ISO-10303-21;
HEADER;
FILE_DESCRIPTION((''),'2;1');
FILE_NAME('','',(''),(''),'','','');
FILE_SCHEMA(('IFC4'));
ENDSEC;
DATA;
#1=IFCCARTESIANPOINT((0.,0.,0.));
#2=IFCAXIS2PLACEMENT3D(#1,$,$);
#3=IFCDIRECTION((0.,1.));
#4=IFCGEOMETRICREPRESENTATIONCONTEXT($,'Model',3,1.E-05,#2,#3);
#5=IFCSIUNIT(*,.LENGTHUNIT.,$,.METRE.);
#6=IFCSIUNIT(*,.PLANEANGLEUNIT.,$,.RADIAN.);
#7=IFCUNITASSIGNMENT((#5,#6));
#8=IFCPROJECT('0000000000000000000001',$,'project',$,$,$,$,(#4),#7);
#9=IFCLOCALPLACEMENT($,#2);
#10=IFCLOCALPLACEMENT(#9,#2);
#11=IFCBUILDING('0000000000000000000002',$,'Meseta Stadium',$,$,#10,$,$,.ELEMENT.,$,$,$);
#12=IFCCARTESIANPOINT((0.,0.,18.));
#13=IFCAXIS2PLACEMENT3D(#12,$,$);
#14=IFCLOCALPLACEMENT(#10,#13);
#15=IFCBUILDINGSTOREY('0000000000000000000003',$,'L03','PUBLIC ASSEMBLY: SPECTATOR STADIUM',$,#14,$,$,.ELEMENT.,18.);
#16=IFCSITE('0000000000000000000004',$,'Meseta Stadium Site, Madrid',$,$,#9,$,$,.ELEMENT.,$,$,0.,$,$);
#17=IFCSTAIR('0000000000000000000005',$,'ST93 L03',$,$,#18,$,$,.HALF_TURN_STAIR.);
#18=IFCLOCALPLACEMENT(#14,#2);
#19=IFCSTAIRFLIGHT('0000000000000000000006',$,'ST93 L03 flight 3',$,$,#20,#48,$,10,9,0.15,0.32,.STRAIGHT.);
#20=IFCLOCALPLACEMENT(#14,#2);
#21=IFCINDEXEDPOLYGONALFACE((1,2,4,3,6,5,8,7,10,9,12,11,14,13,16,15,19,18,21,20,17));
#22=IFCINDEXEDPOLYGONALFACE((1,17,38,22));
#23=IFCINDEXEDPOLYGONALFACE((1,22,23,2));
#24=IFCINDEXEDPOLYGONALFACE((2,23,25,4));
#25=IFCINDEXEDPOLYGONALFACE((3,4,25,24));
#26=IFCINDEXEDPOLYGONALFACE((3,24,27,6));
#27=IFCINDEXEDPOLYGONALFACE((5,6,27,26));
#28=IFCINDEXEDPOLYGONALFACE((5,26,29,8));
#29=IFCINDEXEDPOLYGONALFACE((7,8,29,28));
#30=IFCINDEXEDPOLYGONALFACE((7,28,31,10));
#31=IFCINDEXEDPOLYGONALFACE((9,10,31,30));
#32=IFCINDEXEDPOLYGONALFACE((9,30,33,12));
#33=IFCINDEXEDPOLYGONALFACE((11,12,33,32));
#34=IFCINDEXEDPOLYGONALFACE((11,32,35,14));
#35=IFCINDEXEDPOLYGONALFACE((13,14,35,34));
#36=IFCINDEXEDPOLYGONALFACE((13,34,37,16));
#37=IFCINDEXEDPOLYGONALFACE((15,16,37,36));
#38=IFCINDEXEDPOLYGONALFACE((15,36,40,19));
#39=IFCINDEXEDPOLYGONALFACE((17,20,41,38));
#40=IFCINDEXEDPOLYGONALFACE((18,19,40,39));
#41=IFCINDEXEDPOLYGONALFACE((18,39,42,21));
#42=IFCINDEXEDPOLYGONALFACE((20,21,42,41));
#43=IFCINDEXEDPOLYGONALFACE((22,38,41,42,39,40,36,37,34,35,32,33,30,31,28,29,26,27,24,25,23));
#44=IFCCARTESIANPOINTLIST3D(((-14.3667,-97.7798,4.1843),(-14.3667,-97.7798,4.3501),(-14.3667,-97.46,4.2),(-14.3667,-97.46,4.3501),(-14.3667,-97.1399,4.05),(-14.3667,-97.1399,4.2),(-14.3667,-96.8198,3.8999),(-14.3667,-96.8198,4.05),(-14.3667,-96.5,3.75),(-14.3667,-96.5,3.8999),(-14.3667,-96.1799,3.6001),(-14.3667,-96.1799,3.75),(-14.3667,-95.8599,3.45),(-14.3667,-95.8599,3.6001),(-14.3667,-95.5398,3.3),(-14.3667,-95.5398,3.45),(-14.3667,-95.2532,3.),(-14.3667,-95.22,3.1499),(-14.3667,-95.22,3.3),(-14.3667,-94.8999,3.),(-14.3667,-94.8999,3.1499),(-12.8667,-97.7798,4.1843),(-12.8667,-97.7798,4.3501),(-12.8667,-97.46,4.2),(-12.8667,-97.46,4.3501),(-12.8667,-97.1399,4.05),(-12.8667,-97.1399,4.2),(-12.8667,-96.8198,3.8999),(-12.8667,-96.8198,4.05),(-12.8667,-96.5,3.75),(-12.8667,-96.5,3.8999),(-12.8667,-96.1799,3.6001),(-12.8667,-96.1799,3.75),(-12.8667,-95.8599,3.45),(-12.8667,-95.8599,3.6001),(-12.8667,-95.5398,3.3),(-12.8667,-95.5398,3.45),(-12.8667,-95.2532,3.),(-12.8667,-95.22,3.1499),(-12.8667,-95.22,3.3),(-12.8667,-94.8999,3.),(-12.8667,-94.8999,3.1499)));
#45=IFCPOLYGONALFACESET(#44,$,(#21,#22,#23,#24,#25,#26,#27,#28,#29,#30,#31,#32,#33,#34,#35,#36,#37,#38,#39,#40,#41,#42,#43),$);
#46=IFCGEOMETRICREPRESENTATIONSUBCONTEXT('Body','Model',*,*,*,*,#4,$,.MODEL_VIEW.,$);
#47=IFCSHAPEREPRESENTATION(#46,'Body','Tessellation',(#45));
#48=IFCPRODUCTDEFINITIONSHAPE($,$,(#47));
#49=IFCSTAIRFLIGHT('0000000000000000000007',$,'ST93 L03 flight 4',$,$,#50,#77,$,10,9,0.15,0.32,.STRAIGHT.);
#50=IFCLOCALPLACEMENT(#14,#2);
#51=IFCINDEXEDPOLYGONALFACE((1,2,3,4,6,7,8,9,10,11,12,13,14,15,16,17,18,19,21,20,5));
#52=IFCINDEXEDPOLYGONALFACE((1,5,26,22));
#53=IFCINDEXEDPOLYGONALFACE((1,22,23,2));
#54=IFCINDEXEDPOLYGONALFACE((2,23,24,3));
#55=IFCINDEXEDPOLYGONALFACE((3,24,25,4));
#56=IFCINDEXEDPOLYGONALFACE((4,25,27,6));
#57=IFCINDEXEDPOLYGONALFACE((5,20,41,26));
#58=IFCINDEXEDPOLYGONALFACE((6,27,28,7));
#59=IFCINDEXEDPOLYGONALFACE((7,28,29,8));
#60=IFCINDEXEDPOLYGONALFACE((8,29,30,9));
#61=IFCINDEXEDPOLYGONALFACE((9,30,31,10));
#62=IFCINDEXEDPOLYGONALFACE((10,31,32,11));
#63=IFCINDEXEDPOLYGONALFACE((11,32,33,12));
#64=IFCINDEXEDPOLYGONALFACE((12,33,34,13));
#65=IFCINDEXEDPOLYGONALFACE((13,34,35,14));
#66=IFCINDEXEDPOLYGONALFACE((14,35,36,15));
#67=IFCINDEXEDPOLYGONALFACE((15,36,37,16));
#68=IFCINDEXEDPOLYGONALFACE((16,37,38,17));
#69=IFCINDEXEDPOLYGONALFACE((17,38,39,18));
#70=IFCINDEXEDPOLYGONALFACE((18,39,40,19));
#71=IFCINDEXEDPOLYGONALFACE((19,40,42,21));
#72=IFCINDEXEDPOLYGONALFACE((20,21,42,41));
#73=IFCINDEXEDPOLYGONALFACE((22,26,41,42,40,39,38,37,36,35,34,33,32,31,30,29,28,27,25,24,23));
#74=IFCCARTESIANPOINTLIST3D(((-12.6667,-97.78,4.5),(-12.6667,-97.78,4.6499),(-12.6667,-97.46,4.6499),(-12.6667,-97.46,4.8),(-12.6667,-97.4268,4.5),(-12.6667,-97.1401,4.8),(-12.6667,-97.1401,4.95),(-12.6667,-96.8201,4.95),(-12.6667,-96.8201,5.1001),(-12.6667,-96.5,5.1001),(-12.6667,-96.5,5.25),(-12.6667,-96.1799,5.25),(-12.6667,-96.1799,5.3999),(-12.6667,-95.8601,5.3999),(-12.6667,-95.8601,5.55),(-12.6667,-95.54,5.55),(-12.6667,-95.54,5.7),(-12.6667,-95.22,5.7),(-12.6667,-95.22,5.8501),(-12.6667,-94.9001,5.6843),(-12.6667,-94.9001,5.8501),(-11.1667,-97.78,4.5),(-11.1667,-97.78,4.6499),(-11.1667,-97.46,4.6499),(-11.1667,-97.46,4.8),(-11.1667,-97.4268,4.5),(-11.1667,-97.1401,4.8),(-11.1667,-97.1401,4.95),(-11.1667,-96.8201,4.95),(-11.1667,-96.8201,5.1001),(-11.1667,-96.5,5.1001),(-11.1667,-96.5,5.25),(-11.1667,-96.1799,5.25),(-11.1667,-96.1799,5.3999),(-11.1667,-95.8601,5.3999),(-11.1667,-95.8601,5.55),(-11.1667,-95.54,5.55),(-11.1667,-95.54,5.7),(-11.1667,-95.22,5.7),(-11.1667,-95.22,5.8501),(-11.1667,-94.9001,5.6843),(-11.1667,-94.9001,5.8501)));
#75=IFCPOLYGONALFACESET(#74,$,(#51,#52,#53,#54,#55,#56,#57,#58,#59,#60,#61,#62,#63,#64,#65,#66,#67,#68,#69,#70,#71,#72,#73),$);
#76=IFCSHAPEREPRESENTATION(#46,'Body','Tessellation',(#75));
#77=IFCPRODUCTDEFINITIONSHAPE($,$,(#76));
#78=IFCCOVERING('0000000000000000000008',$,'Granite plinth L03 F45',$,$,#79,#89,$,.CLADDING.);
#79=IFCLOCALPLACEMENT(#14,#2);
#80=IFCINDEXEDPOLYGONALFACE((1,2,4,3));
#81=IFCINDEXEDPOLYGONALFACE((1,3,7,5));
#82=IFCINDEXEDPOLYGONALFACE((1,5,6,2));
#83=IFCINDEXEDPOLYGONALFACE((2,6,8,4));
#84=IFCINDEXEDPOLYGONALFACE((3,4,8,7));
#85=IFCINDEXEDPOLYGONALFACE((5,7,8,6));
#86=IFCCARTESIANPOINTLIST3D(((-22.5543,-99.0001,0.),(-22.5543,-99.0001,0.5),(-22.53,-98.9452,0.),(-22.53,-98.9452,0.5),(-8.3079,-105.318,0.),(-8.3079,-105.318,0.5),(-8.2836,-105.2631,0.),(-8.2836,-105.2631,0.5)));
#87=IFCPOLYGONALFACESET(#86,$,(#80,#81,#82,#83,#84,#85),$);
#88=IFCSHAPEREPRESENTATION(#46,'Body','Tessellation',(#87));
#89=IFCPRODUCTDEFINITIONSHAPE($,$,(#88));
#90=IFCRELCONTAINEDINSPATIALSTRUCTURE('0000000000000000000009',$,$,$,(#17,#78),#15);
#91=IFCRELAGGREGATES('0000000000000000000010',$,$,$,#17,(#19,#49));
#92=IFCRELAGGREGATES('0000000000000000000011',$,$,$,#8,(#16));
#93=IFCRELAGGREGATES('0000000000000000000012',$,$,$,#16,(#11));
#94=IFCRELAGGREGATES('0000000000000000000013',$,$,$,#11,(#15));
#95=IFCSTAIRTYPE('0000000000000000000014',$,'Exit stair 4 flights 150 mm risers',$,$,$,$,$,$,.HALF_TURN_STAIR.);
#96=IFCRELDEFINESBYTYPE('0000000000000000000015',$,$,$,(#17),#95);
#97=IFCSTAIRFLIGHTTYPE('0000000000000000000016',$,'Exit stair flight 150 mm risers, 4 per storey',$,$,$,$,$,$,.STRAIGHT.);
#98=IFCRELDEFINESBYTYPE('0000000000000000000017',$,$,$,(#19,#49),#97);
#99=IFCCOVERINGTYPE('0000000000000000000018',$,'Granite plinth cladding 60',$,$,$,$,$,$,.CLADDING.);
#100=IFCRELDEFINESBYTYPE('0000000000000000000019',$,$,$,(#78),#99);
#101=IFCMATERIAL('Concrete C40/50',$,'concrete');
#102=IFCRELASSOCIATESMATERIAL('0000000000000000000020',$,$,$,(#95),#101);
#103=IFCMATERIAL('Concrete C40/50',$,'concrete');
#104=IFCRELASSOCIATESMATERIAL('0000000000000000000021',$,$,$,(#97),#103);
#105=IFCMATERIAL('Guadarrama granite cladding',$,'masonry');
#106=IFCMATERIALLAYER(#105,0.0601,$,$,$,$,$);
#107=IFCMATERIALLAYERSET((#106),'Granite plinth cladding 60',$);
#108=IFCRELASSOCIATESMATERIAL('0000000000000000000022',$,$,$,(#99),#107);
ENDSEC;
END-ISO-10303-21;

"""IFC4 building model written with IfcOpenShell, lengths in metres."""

from ifc_helpers import new_model, si_unit, direction, frame, origin, origin_2d, place, context, subcontext, project, spatial, polyline, rectangle, outline, extrude, material, layer, layer_set, type_object, element, aggregate, save


model = new_model("IFC4")

# Units and contexts
model_context = context("Model", 3, precision=1e-05, world=origin(), true_north=direction((0.0, 1.0)))
body_context = subcontext(model_context, "Body", "Model", "MODEL_VIEW")
ifc_project = project(units=[si_unit("LENGTHUNIT", "METRE"), si_unit("PLANEANGLEUNIT", "RADIAN")], contexts=[model_context])

# Site, building, storey
site_placement = place(None, origin())
site = spatial("IfcSite", under=ifc_project, at=site_placement, Name="Meseta Stadium Site, Madrid", CompositionType="ELEMENT", RefElevation=0.0)
building_placement = place(site_placement, origin())
building = spatial("IfcBuilding", under=site, at=building_placement, Name="Meseta Stadium", CompositionType="ELEMENT")
storey_placement = place(building_placement, frame((0.0, 0.0, 18.0)))
storey = spatial("IfcBuildingStorey", under=building, at=storey_placement, Name="L03", Description="PUBLIC ASSEMBLY: SPECTATOR STADIUM", CompositionType="ELEMENT", Elevation=18.0)

# Stair, stair flights
ifc_material_1 = material(Name="Concrete C40/50", Category="concrete")
stair_type = type_object("IfcStairType", Name="Exit stair 4 flights 150 mm risers", PredefinedType="HALF_TURN_STAIR", material=ifc_material_1)
stair_placement = place(storey_placement, origin())
stair = element("IfcStair", 1, at=stair_placement, inside=storey, type_object=stair_type, Name="ST93 L03", PredefinedType="HALF_TURN_STAIR")
ifc_material_2 = material(Name="Concrete C40/50", Category="concrete")
stair_flight_type = type_object("IfcStairFlightType", Name="Exit stair flight 150 mm risers, 4 per storey", PredefinedType="STRAIGHT", material=ifc_material_2)
stair_flight_1_placement = place(storey_placement, frame((-13.6167, -94.8999, 3.0), z_axis=(0.0, 0.0, 1.0), x_axis=(0.0, -1.0, 0.0)))
stair_flight_1 = element("IfcStairFlight", 2, at=stair_flight_1_placement, type_object=stair_flight_type, Name="ST93 L03 flight 3", NumberOfRisers=10, NumberOfTreads=9, PredefinedType="STRAIGHT", RiserHeight=0.15, TreadLength=0.32, context=body_context, shape_type="SweptSolid", body=[
    extrude(outline(polyline([(0.0, 0.0), (0.0, 0.1499), (0.3201, 0.1499), (0.3201, 0.3), (0.6399, 0.3), (0.6399, 0.45), (0.96, 0.45), (0.96, 0.6001), (1.28, 0.6001), (1.28, 0.75), (1.6001, 0.75), (1.6001, 0.8999), (1.9199, 0.8999), (1.9199, 1.05), (2.24, 1.05), (2.24, 1.2), (2.5601, 1.2), (2.5601, 1.3501), (2.8799, 1.3501), (2.8799, 1.1843), (0.3533, 0.0), (0.0, 0.0)])), frame((0.0, 0.75, 0.0), z_axis=(0.0, -1.0, 0.0), x_axis=(1.0, 0.0, 0.0)), (0.0, 0.0, 1.0), 1.5),
])
stair_flight_2_placement = place(storey_placement, frame((-11.9167, -97.78, 4.5), z_axis=(0.0, 0.0, 1.0), x_axis=(0.0, 1.0, 0.0)))
stair_flight_2 = element("IfcStairFlight", 3, at=stair_flight_2_placement, type_object=stair_flight_type, Name="ST93 L03 flight 4", NumberOfRisers=10, NumberOfTreads=9, PredefinedType="STRAIGHT", RiserHeight=0.15, TreadLength=0.32, context=body_context, shape_type="SweptSolid", body=[
    extrude(outline(polyline([(0.0, 0.0), (0.0, 0.1499), (0.3201, 0.1499), (0.3201, 0.3), (0.6399, 0.3), (0.6399, 0.45), (0.96, 0.45), (0.96, 0.6001), (1.28, 0.6001), (1.28, 0.75), (1.6001, 0.75), (1.6001, 0.8999), (1.9199, 0.8999), (1.9199, 1.05), (2.24, 1.05), (2.24, 1.2), (2.5601, 1.2), (2.5601, 1.3501), (2.8799, 1.3501), (2.8799, 1.1843), (0.3533, 0.0), (0.0, 0.0)])), frame((0.0, 0.75, 0.0), z_axis=(0.0, -1.0, 0.0), x_axis=(1.0, 0.0, 0.0)), (0.0, 0.0, 1.0), 1.5),
])
aggregate(stair, [stair_flight_1, stair_flight_2])

# Covering
ifc_material_3 = material(Name="Guadarrama granite cladding", Category="masonry")
ifc_layer_1 = layer(ifc_material_3, 0.0601)
ifc_layer_set_1 = layer_set([ifc_layer_1], Name="Granite plinth cladding 60")
covering_type_1 = type_object("IfcCoveringType", Name="Granite plinth cladding 60", PredefinedType="CLADDING", material=ifc_layer_set_1)
covering_1_placement = place(storey_placement, frame((-15.4189, -102.1316, 0.0), z_axis=(0.0, 0.0, 1.0), x_axis=(-0.914139, 0.4054, 0.0)))
element("IfcCovering", 4, at=covering_1_placement, inside=storey, type_object=covering_type_1, Name="Granite plinth L03 F45", PredefinedType="CLADDING", context=body_context, shape_type="SweptSolid", body=[
    extrude(rectangle(XDim=15.5845, YDim=0.0601, at=origin_2d()), origin(), (0.0, 0.0, 1.0), 0.5),
])

save(model, "model.ifc")
